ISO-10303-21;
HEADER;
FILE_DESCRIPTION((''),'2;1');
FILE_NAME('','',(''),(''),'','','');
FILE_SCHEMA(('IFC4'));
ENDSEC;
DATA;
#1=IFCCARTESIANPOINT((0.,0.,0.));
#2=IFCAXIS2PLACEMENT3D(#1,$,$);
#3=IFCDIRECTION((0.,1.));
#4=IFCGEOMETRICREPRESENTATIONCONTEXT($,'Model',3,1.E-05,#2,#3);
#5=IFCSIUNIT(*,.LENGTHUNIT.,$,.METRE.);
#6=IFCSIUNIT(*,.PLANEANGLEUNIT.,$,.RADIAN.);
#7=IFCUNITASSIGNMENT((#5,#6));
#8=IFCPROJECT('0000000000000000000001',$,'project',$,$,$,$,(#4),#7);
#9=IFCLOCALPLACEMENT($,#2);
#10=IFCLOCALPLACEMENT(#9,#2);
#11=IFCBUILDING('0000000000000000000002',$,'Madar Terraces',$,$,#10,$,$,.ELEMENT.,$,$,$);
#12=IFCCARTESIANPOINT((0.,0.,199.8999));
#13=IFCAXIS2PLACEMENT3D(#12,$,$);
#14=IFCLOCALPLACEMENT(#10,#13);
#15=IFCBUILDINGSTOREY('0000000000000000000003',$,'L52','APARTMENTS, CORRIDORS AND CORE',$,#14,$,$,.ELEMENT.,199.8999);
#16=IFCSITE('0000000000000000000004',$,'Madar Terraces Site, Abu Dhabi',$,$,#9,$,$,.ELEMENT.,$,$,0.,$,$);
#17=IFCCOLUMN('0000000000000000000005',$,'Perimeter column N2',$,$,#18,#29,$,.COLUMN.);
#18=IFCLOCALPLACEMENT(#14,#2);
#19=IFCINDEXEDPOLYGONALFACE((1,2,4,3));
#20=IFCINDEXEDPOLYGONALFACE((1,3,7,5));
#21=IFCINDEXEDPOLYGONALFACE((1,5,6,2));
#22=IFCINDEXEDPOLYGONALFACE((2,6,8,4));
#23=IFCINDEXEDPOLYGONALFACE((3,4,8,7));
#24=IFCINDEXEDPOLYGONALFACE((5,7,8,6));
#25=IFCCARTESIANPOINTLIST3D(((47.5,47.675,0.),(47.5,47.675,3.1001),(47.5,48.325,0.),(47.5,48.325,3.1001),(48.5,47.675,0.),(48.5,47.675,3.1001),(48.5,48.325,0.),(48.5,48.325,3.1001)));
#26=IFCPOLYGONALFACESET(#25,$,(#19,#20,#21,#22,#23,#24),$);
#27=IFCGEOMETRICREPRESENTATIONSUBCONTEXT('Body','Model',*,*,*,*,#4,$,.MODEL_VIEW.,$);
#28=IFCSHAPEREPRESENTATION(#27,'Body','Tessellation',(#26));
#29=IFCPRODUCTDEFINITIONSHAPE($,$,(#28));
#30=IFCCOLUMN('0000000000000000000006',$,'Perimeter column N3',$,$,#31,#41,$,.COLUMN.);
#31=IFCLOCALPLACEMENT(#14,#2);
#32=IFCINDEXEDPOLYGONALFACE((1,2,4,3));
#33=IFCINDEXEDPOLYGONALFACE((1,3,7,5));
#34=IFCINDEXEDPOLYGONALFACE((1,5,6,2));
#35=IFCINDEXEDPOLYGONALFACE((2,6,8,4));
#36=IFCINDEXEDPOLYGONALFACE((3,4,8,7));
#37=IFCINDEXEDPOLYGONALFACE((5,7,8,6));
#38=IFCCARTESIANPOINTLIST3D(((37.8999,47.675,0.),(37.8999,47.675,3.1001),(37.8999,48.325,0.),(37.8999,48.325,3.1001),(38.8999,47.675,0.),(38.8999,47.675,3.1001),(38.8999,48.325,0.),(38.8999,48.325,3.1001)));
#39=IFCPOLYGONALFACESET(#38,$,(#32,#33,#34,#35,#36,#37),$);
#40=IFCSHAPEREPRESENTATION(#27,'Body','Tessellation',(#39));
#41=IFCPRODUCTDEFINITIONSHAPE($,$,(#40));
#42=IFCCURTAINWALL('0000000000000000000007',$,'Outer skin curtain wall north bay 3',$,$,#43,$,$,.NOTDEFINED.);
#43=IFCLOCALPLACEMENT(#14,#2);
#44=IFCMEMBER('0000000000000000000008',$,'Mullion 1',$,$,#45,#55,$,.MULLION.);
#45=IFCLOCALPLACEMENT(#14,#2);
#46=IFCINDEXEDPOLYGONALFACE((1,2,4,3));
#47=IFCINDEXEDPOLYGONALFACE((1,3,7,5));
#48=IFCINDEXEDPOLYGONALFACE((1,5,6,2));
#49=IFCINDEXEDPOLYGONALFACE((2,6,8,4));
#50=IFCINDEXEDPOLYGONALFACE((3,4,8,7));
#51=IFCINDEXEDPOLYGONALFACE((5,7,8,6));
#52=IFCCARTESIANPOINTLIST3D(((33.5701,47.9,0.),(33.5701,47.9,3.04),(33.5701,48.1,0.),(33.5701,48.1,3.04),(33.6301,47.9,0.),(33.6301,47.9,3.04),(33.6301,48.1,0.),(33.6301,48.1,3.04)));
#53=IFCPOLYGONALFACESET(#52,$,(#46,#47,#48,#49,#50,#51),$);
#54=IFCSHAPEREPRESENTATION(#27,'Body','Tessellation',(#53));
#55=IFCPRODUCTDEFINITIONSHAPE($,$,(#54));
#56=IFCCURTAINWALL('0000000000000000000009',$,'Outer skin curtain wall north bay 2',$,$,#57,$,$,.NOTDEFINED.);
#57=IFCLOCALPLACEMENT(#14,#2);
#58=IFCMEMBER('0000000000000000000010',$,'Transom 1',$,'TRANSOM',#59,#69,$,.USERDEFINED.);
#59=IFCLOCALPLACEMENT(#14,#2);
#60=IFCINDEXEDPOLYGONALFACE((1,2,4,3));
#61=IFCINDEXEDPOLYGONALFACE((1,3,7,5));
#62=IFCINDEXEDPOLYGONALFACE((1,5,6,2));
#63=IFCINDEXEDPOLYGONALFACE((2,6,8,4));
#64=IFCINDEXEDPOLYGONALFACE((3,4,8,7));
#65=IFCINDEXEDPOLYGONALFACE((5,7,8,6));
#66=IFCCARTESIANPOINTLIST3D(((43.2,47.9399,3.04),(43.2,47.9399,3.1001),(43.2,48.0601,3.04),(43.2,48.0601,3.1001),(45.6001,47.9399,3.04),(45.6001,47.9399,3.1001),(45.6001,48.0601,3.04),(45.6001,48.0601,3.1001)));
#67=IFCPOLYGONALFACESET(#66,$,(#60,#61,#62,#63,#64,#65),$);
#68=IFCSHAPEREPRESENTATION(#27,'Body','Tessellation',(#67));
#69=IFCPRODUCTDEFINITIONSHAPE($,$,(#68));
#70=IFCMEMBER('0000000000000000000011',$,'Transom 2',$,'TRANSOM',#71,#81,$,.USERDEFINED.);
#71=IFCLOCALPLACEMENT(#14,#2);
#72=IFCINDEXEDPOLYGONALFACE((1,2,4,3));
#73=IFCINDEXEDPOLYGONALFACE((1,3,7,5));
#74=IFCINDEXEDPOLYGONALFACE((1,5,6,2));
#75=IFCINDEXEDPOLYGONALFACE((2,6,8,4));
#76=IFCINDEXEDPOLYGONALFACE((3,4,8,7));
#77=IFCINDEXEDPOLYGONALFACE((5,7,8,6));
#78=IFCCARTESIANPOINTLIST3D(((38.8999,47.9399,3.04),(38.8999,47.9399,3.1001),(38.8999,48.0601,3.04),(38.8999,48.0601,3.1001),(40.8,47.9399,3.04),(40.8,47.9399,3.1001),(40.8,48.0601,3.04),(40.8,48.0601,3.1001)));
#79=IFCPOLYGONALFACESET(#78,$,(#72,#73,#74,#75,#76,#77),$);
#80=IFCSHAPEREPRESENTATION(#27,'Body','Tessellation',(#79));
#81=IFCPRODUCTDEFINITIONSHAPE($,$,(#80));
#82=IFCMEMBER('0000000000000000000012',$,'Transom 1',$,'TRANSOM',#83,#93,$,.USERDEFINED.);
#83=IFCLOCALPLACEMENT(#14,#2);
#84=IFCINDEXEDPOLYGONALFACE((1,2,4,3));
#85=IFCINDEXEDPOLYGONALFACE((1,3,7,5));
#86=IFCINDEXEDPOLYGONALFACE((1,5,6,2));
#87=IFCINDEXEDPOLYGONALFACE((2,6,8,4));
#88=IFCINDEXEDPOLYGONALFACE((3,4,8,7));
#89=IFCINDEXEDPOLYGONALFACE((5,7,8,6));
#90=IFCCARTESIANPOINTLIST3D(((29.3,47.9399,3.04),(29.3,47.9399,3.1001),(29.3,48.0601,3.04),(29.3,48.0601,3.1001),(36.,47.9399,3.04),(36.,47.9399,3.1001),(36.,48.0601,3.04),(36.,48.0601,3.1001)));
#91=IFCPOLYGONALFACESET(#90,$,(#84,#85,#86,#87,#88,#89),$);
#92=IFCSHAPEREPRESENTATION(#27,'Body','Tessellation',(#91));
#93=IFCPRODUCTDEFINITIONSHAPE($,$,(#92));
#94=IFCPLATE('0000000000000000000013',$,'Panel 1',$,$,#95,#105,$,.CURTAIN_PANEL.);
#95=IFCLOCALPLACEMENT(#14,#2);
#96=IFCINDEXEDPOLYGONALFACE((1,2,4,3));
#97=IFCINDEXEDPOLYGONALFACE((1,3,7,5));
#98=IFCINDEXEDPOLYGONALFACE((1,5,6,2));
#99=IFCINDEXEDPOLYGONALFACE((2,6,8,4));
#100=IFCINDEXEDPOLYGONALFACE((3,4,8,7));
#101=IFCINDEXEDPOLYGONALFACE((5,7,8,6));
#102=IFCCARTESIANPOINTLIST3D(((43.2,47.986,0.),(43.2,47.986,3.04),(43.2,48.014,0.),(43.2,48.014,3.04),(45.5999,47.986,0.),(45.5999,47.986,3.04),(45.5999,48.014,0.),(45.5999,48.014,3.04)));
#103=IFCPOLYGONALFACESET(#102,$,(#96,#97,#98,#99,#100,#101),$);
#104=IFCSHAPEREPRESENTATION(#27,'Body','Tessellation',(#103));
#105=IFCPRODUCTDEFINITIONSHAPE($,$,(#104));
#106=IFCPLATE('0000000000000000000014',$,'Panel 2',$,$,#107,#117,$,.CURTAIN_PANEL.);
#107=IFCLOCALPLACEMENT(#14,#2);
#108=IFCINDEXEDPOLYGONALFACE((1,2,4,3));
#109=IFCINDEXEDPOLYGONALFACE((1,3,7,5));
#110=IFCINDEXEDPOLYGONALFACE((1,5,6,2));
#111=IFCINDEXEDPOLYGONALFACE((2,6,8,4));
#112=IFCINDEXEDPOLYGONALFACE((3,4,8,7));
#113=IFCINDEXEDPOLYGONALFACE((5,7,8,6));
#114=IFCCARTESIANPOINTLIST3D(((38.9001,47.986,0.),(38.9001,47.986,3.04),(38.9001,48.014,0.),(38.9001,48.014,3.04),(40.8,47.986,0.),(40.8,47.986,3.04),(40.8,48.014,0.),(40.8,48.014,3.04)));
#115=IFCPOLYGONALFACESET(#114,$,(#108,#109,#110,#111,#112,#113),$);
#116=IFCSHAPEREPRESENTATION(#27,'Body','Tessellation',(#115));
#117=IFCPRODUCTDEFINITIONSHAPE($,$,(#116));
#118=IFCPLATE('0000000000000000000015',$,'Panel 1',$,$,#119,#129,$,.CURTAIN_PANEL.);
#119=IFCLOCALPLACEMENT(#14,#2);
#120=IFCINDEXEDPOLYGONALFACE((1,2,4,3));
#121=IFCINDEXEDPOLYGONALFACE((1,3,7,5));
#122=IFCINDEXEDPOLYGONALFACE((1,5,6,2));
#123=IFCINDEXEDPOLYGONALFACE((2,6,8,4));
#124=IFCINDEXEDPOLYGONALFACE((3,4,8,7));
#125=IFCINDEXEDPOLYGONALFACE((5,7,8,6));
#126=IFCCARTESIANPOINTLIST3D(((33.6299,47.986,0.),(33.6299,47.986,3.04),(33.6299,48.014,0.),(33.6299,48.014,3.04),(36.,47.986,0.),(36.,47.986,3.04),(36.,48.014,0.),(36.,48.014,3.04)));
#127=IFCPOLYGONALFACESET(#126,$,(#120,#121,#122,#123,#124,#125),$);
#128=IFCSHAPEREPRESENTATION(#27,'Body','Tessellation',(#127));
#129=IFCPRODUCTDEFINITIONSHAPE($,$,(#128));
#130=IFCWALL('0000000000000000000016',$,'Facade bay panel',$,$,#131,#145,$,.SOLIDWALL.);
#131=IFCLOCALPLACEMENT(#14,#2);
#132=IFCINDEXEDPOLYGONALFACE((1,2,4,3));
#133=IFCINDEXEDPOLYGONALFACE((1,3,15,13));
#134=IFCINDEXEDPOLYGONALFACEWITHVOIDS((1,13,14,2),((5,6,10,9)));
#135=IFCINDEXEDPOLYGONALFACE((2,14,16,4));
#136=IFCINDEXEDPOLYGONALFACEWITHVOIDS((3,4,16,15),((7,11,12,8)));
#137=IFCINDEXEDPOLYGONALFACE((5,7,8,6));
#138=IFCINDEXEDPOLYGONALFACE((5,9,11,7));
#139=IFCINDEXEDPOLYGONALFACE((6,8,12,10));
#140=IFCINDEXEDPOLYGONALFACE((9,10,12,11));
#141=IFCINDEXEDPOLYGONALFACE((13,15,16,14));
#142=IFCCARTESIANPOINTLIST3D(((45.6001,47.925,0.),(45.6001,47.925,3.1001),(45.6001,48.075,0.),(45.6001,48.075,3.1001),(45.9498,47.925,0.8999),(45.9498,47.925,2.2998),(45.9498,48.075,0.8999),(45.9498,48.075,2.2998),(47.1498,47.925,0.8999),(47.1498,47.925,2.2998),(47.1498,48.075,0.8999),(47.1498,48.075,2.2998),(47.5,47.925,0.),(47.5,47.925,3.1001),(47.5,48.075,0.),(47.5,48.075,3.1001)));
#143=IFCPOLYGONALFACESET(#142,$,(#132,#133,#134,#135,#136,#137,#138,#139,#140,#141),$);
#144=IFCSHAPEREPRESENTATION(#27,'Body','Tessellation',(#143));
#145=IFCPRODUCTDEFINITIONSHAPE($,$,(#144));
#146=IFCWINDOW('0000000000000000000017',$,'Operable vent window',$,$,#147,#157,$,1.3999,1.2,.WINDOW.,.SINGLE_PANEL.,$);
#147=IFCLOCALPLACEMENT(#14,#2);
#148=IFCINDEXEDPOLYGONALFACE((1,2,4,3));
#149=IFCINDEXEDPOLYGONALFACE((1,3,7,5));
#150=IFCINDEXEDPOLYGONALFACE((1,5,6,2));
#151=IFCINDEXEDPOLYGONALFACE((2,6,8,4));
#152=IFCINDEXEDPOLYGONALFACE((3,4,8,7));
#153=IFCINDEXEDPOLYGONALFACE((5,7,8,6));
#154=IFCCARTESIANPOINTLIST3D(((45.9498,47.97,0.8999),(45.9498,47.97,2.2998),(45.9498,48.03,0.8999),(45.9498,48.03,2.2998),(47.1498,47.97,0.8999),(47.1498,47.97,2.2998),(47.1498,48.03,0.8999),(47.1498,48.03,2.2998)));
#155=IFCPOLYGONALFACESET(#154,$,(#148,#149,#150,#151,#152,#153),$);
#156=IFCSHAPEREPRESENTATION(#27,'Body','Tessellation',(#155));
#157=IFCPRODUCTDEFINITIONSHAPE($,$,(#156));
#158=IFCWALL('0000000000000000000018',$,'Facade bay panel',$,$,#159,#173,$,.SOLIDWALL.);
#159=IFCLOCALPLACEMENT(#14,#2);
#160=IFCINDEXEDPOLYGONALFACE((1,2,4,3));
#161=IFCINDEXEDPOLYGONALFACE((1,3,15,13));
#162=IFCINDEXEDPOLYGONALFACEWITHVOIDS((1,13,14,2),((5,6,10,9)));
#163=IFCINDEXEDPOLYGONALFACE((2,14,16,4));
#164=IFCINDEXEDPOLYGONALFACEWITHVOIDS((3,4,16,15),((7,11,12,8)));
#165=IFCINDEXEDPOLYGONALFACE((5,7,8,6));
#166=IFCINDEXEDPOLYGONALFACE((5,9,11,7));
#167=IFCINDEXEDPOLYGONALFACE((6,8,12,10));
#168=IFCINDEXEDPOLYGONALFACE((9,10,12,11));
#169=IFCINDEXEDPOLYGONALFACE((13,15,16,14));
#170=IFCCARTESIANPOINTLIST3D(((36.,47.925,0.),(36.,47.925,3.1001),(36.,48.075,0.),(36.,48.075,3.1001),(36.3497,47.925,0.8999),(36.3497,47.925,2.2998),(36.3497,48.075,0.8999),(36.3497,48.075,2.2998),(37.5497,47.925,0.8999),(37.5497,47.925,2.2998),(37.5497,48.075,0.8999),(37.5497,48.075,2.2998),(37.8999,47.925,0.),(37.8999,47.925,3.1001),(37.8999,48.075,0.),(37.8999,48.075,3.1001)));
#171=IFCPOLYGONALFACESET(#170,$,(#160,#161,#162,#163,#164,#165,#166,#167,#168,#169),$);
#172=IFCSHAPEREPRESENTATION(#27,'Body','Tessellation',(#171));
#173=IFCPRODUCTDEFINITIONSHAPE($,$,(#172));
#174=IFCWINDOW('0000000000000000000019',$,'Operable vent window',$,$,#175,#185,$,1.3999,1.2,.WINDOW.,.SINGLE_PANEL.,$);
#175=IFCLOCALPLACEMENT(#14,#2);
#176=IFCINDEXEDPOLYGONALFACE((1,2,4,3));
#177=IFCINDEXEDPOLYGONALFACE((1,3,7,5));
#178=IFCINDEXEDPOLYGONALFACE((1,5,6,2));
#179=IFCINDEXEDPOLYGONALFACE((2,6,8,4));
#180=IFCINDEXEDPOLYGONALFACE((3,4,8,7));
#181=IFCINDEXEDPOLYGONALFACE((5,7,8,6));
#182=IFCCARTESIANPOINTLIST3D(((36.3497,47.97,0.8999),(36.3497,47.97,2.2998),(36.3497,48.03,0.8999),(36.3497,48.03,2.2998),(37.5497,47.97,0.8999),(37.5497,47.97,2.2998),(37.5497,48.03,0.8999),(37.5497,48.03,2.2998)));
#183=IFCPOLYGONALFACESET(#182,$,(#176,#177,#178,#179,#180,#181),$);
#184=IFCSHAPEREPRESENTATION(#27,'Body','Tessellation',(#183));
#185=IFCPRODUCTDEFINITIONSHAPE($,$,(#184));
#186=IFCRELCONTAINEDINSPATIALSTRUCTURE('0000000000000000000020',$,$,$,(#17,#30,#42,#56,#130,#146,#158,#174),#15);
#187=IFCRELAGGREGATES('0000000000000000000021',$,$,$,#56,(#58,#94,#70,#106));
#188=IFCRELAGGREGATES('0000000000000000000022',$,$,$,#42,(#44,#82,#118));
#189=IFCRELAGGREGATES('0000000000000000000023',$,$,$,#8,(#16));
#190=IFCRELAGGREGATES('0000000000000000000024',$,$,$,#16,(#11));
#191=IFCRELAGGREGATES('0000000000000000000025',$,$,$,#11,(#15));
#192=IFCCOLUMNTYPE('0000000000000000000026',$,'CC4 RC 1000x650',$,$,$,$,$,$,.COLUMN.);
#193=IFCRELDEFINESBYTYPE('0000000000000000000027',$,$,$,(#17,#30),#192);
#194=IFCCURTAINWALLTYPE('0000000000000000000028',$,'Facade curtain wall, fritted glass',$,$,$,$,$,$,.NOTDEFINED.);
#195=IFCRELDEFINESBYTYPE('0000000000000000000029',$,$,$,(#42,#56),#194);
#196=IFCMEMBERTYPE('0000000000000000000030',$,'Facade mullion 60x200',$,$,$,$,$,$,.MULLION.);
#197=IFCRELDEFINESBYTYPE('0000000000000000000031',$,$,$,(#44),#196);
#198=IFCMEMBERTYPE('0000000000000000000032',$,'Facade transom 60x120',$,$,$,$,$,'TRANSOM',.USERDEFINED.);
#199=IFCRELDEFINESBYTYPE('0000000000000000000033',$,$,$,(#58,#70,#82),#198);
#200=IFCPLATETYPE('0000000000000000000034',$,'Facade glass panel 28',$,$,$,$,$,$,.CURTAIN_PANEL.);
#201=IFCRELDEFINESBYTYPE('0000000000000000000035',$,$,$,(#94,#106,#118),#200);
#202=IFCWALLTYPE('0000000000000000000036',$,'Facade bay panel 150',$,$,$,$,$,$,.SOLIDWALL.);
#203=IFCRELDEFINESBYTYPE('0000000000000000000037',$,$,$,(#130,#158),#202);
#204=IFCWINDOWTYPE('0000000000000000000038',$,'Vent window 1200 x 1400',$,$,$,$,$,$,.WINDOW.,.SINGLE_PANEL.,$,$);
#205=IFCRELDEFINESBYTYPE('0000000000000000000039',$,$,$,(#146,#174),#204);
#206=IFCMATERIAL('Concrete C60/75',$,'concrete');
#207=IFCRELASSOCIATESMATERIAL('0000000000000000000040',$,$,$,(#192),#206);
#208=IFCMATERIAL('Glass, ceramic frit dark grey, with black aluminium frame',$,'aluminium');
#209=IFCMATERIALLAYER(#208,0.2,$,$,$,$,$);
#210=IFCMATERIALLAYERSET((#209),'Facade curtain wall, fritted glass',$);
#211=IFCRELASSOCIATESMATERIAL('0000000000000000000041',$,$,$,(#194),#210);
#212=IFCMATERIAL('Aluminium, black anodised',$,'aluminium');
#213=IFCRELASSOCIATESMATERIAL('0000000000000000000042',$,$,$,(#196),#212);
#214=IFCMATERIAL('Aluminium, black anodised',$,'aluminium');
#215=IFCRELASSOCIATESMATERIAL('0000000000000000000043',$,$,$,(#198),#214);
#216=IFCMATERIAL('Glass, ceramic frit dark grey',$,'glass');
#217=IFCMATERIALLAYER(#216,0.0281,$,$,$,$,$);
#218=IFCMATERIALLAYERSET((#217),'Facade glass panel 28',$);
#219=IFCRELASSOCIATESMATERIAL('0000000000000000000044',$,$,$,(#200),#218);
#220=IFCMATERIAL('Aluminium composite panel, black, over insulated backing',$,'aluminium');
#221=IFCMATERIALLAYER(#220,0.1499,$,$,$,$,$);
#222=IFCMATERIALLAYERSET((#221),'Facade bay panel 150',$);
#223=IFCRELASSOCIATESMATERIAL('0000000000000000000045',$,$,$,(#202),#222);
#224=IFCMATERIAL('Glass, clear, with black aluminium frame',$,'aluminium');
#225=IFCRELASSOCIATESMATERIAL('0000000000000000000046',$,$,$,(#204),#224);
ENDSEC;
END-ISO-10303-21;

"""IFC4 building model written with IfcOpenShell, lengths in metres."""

from ifc_helpers import new_model, si_unit, direction, frame, frame_2d, origin, origin_2d, place, context, subcontext, project, spatial, rectangle, extrude, material, layer, layer_set, material_profile, profile_set, type_object, element, fill, aggregate, save


model = new_model("IFC4")

# Units and contexts
model_context = context("Model", 3, precision=1e-05, world=origin(), true_north=direction((0.0, 1.0)))
body_context = subcontext(model_context, "Body", "Model", "MODEL_VIEW")
ifc_project = project(units=[si_unit("LENGTHUNIT", "METRE"), si_unit("PLANEANGLEUNIT", "RADIAN")], contexts=[model_context])

# Site, building, storey
site_placement = place(None, origin())
site = spatial("IfcSite", under=ifc_project, at=site_placement, Name="Madar Terraces Site, Abu Dhabi", CompositionType="ELEMENT", RefElevation=0.0)
building_placement = place(site_placement, origin())
building = spatial("IfcBuilding", under=site, at=building_placement, Name="Madar Terraces", CompositionType="ELEMENT")
storey_placement = place(building_placement, frame((0.0, 0.0, 199.8999)))
storey = spatial("IfcBuildingStorey", under=building, at=storey_placement, Name="L52", Description="APARTMENTS, CORRIDORS AND CORE", CompositionType="ELEMENT", Elevation=199.8999)

# Columns
ifc_material_1 = material(Name="Concrete C60/75", Category="concrete")
ifc_material_profile_1 = material_profile(ifc_material_1, rectangle(XDim=1.0, YDim=0.6499, at=origin_2d()), Name="CC4 RC 1000x650")
ifc_profile_set_1 = profile_set([ifc_material_profile_1], Name="Concrete C60/75")
column_type = type_object("IfcColumnType", Name="CC4 RC 1000x650", PredefinedType="COLUMN", material=ifc_profile_set_1)
for number, where, z_axis, x_axis, name in (
    (1, (48.0, 48.0, 0.0), (0.0, 0.0, 1.0), (1.0, 0.0, 0.0), "Perimeter column N2"),
    (2, (38.3999, 48.0, 0.0), (0.0, 0.0, 1.0), (1.0, 0.0, 0.0), "Perimeter column N3"),
):
    element("IfcColumn", number, at=place(storey_placement, frame(where, z_axis=z_axis, x_axis=x_axis)), inside=storey, type_object=column_type, Name=name, PredefinedType="COLUMN", context=body_context, shape_type="SweptSolid", body=[
        extrude(rectangle(XDim=1.0, YDim=0.6499, at=origin_2d()), origin(), (0.0, 0.0, 1.0), 3.1001),
    ])

# Curtain wall, member
ifc_material_2 = material(Name="Glass, ceramic frit dark grey, with black aluminium frame", Category="aluminium")
ifc_layer_1 = layer(ifc_material_2, 0.2)
ifc_layer_set_1 = layer_set([ifc_layer_1], Name="Facade curtain wall, fritted glass")
curtain_wall_type = type_object("IfcCurtainWallType", Name="Facade curtain wall, fritted glass", PredefinedType="NOTDEFINED", material=ifc_layer_set_1)
curtain_wall_1_placement = place(storey_placement, origin())
curtain_wall_1 = element("IfcCurtainWall", 3, at=curtain_wall_1_placement, inside=storey, type_object=curtain_wall_type, Name="Outer skin curtain wall north bay 3", PredefinedType="NOTDEFINED")
ifc_material_3 = material(Name="Aluminium, black anodised", Category="aluminium")
ifc_material_profile_2 = material_profile(ifc_material_3, rectangle(XDim=0.2, YDim=0.0601, at=origin_2d()), Name="Facade mullion 60x200")
ifc_profile_set_2 = profile_set([ifc_material_profile_2], Name="Aluminium, black anodised")
member_type_1 = type_object("IfcMemberType", Name="Facade mullion 60x200", PredefinedType="MULLION", material=ifc_profile_set_2)
member_1_placement = place(storey_placement, frame((33.6001, 48.0, 0.0), z_axis=(0.0, 0.0, 1.0), x_axis=(0.0, -1.0, 0.0)))
member_1 = element("IfcMember", 4, at=member_1_placement, type_object=member_type_1, Name="Mullion 1", PredefinedType="MULLION", context=body_context, shape_type="SweptSolid", body=[
    extrude(rectangle(XDim=0.2, YDim=0.0601, at=origin_2d()), origin(), (0.0, 0.0, 1.0), 3.04),
])

# Curtain wall, members
curtain_wall_2_placement = place(storey_placement, origin())
curtain_wall_2 = element("IfcCurtainWall", 5, at=curtain_wall_2_placement, inside=storey, type_object=curtain_wall_type, Name="Outer skin curtain wall north bay 2", PredefinedType="NOTDEFINED")
ifc_material_4 = material(Name="Aluminium, black anodised", Category="aluminium")
ifc_material_profile_3 = material_profile(ifc_material_4, rectangle(XDim=0.1201, YDim=0.0601, at=origin_2d()), Name="Facade transom 60x120")
ifc_profile_set_3 = profile_set([ifc_material_profile_3], Name="Aluminium, black anodised")
member_type_2 = type_object("IfcMemberType", Name="Facade transom 60x120", ElementType="TRANSOM", PredefinedType="USERDEFINED", material=ifc_profile_set_3)
member_2_placement = place(storey_placement, frame((45.6001, 48.0, 3.0701), z_axis=(-1.0, 0.0, 0.0), x_axis=(0.0, -1.0, 0.0)))
member_2 = element("IfcMember", 6, at=member_2_placement, type_object=member_type_2, Name="Transom 1", ObjectType="TRANSOM", PredefinedType="USERDEFINED", context=body_context, shape_type="SweptSolid", body=[
    extrude(rectangle(XDim=0.1201, YDim=0.0601, at=origin_2d()), origin(), (0.0, 0.0, 1.0), 2.4001),
])
member_3_placement = place(storey_placement, frame((40.8, 48.0, 3.0701), z_axis=(-1.0, 0.0, 0.0), x_axis=(0.0, -1.0, 0.0)))
member_3 = element("IfcMember", 7, at=member_3_placement, type_object=member_type_2, Name="Transom 2", ObjectType="TRANSOM", PredefinedType="USERDEFINED", context=body_context, shape_type="SweptSolid", body=[
    extrude(rectangle(XDim=0.1201, YDim=0.0601, at=origin_2d()), origin(), (0.0, 0.0, 1.0), 1.9001),
])

# Member
member_4_placement = place(storey_placement, frame((36.0, 48.0, 3.0701), z_axis=(-1.0, 0.0, 0.0), x_axis=(0.0, -1.0, 0.0)))
member_4 = element("IfcMember", 8, at=member_4_placement, type_object=member_type_2, Name="Transom 1", ObjectType="TRANSOM", PredefinedType="USERDEFINED", context=body_context, shape_type="SweptSolid", body=[
    extrude(rectangle(XDim=0.1201, YDim=0.0601, at=origin_2d()), origin(), (0.0, 0.0, 1.0), 6.7),
])

# Plates
ifc_material_5 = material(Name="Glass, ceramic frit dark grey", Category="glass")
ifc_layer_2 = layer(ifc_material_5, 0.0281)
ifc_layer_set_2 = layer_set([ifc_layer_2], Name="Facade glass panel 28")
plate_type = type_object("IfcPlateType", Name="Facade glass panel 28", PredefinedType="CURTAIN_PANEL", material=ifc_layer_set_2)
plate_1_placement = place(storey_placement, frame((44.3999, 48.0, 0.0), z_axis=(0.0, 0.0, 1.0), x_axis=(-1.0, 0.0, 0.0)))
plate_1 = element("IfcPlate", 9, at=plate_1_placement, type_object=plate_type, Name="Panel 1", PredefinedType="CURTAIN_PANEL", context=body_context, shape_type="SweptSolid", body=[
    extrude(rectangle(XDim=2.3999, YDim=0.0281, at=origin_2d()), origin(), (0.0, 0.0, 1.0), 3.04),
])
plate_2_placement = place(storey_placement, frame((39.8501, 48.0, 0.0), z_axis=(0.0, 0.0, 1.0), x_axis=(-1.0, 0.0, 0.0)))
plate_2 = element("IfcPlate", 10, at=plate_2_placement, type_object=plate_type, Name="Panel 2", PredefinedType="CURTAIN_PANEL", context=body_context, shape_type="SweptSolid", body=[
    extrude(rectangle(XDim=1.8999, YDim=0.0281, at=origin_2d()), origin(), (0.0, 0.0, 1.0), 3.04),
])
aggregate(curtain_wall_2, [member_2, plate_1, member_3, plate_2])
plate_3_placement = place(storey_placement, frame((34.8149, 48.0, 0.0), z_axis=(0.0, 0.0, 1.0), x_axis=(-1.0, 0.0, 0.0)))
plate_3 = element("IfcPlate", 11, at=plate_3_placement, type_object=plate_type, Name="Panel 1", PredefinedType="CURTAIN_PANEL", context=body_context, shape_type="SweptSolid", body=[
    extrude(rectangle(XDim=2.3701, YDim=0.0281, at=origin_2d()), origin(), (0.0, 0.0, 1.0), 3.04),
])
aggregate(curtain_wall_1, [member_1, member_4, plate_3])

# Wall, opening, window
ifc_material_6 = material(Name="Aluminium composite panel, black, over insulated backing", Category="aluminium")
ifc_layer_3 = layer(ifc_material_6, 0.1499)
ifc_layer_set_3 = layer_set([ifc_layer_3], Name="Facade bay panel 150")
wall_type_1 = type_object("IfcWallType", Name="Facade bay panel 150", PredefinedType="SOLIDWALL", material=ifc_layer_set_3)
wall_1_placement = place(storey_placement, frame((47.5, 48.0, 0.0), z_axis=(0.0, 0.0, 1.0), x_axis=(-1.0, 0.0, 0.0)))
wall_1 = element("IfcWall", 12, at=wall_1_placement, inside=storey, type_object=wall_type_1, Name="Facade bay panel", PredefinedType="SOLIDWALL", context=body_context, shape_type="SweptSolid", body=[
    extrude(rectangle(XDim=1.8999, YDim=0.1499, at=frame_2d((0.95, 0.0))), origin(), (0.0, 0.0, 1.0), 3.1001),
])
opening_1_placement = place(wall_1_placement, frame((0.3501, 0.0, 0.8999)))
opening_1 = element("IfcOpeningElement", 13, at=opening_1_placement, cuts=wall_1, PredefinedType="OPENING", context=body_context, shape_type="SweptSolid", body=[
    extrude(rectangle(XDim=1.2, YDim=1.3999, at=frame_2d((0.6001, 0.7))), frame((0.0, 0.085, 0.0), z_axis=(0.0, -1.0, 0.0), x_axis=(1.0, 0.0, 0.0)), (0.0, 0.0, 1.0), 0.1699),
])
ifc_material_7 = material(Name="Glass, clear, with black aluminium frame", Category="aluminium")
window_type = type_object("IfcWindowType", Name="Vent window 1200 x 1400", PartitioningType="SINGLE_PANEL", PredefinedType="WINDOW", material=ifc_material_7)
window_1_placement = place(opening_1_placement, origin())
window_1 = element("IfcWindow", 14, at=window_1_placement, inside=storey, type_object=window_type, Name="Operable vent window", OverallHeight=1.3999, OverallWidth=1.2, PartitioningType="SINGLE_PANEL", PredefinedType="WINDOW", context=body_context, shape_type="SweptSolid", body=[
    extrude(rectangle(XDim=1.2, YDim=1.3999, at=frame_2d((0.6001, 0.7))), frame((0.0, 0.03, 0.0), z_axis=(0.0, -1.0, 0.0), x_axis=(1.0, 0.0, 0.0)), (0.0, 0.0, 1.0), 0.0601),
])
fill(opening_1, window_1)

# Wall, opening, window
wall_2_placement = place(storey_placement, frame((37.8999, 48.0, 0.0), z_axis=(0.0, 0.0, 1.0), x_axis=(-1.0, 0.0, 0.0)))
wall_2 = element("IfcWall", 15, at=wall_2_placement, inside=storey, type_object=wall_type_1, Name="Facade bay panel", PredefinedType="SOLIDWALL", context=body_context, shape_type="SweptSolid", body=[
    extrude(rectangle(XDim=1.8999, YDim=0.1499, at=frame_2d((0.95, 0.0))), origin(), (0.0, 0.0, 1.0), 3.1001),
])
opening_2_placement = place(wall_2_placement, frame((0.3501, 0.0, 0.8999)))
opening_2 = element("IfcOpeningElement", 16, at=opening_2_placement, cuts=wall_2, PredefinedType="OPENING", context=body_context, shape_type="SweptSolid", body=[
    extrude(rectangle(XDim=1.2, YDim=1.3999, at=frame_2d((0.6001, 0.7))), frame((0.0, 0.085, 0.0), z_axis=(0.0, -1.0, 0.0), x_axis=(1.0, 0.0, 0.0)), (0.0, 0.0, 1.0), 0.1699),
])
window_2_placement = place(opening_2_placement, origin())
window_2 = element("IfcWindow", 17, at=window_2_placement, inside=storey, type_object=window_type, Name="Operable vent window", OverallHeight=1.3999, OverallWidth=1.2, PartitioningType="SINGLE_PANEL", PredefinedType="WINDOW", context=body_context, shape_type="SweptSolid", body=[
    extrude(rectangle(XDim=1.2, YDim=1.3999, at=frame_2d((0.6001, 0.7))), frame((0.0, 0.03, 0.0), z_axis=(0.0, -1.0, 0.0), x_axis=(1.0, 0.0, 0.0)), (0.0, 0.0, 1.0), 0.0601),
])
fill(opening_2, window_2)

save(model, "model.ifc")
